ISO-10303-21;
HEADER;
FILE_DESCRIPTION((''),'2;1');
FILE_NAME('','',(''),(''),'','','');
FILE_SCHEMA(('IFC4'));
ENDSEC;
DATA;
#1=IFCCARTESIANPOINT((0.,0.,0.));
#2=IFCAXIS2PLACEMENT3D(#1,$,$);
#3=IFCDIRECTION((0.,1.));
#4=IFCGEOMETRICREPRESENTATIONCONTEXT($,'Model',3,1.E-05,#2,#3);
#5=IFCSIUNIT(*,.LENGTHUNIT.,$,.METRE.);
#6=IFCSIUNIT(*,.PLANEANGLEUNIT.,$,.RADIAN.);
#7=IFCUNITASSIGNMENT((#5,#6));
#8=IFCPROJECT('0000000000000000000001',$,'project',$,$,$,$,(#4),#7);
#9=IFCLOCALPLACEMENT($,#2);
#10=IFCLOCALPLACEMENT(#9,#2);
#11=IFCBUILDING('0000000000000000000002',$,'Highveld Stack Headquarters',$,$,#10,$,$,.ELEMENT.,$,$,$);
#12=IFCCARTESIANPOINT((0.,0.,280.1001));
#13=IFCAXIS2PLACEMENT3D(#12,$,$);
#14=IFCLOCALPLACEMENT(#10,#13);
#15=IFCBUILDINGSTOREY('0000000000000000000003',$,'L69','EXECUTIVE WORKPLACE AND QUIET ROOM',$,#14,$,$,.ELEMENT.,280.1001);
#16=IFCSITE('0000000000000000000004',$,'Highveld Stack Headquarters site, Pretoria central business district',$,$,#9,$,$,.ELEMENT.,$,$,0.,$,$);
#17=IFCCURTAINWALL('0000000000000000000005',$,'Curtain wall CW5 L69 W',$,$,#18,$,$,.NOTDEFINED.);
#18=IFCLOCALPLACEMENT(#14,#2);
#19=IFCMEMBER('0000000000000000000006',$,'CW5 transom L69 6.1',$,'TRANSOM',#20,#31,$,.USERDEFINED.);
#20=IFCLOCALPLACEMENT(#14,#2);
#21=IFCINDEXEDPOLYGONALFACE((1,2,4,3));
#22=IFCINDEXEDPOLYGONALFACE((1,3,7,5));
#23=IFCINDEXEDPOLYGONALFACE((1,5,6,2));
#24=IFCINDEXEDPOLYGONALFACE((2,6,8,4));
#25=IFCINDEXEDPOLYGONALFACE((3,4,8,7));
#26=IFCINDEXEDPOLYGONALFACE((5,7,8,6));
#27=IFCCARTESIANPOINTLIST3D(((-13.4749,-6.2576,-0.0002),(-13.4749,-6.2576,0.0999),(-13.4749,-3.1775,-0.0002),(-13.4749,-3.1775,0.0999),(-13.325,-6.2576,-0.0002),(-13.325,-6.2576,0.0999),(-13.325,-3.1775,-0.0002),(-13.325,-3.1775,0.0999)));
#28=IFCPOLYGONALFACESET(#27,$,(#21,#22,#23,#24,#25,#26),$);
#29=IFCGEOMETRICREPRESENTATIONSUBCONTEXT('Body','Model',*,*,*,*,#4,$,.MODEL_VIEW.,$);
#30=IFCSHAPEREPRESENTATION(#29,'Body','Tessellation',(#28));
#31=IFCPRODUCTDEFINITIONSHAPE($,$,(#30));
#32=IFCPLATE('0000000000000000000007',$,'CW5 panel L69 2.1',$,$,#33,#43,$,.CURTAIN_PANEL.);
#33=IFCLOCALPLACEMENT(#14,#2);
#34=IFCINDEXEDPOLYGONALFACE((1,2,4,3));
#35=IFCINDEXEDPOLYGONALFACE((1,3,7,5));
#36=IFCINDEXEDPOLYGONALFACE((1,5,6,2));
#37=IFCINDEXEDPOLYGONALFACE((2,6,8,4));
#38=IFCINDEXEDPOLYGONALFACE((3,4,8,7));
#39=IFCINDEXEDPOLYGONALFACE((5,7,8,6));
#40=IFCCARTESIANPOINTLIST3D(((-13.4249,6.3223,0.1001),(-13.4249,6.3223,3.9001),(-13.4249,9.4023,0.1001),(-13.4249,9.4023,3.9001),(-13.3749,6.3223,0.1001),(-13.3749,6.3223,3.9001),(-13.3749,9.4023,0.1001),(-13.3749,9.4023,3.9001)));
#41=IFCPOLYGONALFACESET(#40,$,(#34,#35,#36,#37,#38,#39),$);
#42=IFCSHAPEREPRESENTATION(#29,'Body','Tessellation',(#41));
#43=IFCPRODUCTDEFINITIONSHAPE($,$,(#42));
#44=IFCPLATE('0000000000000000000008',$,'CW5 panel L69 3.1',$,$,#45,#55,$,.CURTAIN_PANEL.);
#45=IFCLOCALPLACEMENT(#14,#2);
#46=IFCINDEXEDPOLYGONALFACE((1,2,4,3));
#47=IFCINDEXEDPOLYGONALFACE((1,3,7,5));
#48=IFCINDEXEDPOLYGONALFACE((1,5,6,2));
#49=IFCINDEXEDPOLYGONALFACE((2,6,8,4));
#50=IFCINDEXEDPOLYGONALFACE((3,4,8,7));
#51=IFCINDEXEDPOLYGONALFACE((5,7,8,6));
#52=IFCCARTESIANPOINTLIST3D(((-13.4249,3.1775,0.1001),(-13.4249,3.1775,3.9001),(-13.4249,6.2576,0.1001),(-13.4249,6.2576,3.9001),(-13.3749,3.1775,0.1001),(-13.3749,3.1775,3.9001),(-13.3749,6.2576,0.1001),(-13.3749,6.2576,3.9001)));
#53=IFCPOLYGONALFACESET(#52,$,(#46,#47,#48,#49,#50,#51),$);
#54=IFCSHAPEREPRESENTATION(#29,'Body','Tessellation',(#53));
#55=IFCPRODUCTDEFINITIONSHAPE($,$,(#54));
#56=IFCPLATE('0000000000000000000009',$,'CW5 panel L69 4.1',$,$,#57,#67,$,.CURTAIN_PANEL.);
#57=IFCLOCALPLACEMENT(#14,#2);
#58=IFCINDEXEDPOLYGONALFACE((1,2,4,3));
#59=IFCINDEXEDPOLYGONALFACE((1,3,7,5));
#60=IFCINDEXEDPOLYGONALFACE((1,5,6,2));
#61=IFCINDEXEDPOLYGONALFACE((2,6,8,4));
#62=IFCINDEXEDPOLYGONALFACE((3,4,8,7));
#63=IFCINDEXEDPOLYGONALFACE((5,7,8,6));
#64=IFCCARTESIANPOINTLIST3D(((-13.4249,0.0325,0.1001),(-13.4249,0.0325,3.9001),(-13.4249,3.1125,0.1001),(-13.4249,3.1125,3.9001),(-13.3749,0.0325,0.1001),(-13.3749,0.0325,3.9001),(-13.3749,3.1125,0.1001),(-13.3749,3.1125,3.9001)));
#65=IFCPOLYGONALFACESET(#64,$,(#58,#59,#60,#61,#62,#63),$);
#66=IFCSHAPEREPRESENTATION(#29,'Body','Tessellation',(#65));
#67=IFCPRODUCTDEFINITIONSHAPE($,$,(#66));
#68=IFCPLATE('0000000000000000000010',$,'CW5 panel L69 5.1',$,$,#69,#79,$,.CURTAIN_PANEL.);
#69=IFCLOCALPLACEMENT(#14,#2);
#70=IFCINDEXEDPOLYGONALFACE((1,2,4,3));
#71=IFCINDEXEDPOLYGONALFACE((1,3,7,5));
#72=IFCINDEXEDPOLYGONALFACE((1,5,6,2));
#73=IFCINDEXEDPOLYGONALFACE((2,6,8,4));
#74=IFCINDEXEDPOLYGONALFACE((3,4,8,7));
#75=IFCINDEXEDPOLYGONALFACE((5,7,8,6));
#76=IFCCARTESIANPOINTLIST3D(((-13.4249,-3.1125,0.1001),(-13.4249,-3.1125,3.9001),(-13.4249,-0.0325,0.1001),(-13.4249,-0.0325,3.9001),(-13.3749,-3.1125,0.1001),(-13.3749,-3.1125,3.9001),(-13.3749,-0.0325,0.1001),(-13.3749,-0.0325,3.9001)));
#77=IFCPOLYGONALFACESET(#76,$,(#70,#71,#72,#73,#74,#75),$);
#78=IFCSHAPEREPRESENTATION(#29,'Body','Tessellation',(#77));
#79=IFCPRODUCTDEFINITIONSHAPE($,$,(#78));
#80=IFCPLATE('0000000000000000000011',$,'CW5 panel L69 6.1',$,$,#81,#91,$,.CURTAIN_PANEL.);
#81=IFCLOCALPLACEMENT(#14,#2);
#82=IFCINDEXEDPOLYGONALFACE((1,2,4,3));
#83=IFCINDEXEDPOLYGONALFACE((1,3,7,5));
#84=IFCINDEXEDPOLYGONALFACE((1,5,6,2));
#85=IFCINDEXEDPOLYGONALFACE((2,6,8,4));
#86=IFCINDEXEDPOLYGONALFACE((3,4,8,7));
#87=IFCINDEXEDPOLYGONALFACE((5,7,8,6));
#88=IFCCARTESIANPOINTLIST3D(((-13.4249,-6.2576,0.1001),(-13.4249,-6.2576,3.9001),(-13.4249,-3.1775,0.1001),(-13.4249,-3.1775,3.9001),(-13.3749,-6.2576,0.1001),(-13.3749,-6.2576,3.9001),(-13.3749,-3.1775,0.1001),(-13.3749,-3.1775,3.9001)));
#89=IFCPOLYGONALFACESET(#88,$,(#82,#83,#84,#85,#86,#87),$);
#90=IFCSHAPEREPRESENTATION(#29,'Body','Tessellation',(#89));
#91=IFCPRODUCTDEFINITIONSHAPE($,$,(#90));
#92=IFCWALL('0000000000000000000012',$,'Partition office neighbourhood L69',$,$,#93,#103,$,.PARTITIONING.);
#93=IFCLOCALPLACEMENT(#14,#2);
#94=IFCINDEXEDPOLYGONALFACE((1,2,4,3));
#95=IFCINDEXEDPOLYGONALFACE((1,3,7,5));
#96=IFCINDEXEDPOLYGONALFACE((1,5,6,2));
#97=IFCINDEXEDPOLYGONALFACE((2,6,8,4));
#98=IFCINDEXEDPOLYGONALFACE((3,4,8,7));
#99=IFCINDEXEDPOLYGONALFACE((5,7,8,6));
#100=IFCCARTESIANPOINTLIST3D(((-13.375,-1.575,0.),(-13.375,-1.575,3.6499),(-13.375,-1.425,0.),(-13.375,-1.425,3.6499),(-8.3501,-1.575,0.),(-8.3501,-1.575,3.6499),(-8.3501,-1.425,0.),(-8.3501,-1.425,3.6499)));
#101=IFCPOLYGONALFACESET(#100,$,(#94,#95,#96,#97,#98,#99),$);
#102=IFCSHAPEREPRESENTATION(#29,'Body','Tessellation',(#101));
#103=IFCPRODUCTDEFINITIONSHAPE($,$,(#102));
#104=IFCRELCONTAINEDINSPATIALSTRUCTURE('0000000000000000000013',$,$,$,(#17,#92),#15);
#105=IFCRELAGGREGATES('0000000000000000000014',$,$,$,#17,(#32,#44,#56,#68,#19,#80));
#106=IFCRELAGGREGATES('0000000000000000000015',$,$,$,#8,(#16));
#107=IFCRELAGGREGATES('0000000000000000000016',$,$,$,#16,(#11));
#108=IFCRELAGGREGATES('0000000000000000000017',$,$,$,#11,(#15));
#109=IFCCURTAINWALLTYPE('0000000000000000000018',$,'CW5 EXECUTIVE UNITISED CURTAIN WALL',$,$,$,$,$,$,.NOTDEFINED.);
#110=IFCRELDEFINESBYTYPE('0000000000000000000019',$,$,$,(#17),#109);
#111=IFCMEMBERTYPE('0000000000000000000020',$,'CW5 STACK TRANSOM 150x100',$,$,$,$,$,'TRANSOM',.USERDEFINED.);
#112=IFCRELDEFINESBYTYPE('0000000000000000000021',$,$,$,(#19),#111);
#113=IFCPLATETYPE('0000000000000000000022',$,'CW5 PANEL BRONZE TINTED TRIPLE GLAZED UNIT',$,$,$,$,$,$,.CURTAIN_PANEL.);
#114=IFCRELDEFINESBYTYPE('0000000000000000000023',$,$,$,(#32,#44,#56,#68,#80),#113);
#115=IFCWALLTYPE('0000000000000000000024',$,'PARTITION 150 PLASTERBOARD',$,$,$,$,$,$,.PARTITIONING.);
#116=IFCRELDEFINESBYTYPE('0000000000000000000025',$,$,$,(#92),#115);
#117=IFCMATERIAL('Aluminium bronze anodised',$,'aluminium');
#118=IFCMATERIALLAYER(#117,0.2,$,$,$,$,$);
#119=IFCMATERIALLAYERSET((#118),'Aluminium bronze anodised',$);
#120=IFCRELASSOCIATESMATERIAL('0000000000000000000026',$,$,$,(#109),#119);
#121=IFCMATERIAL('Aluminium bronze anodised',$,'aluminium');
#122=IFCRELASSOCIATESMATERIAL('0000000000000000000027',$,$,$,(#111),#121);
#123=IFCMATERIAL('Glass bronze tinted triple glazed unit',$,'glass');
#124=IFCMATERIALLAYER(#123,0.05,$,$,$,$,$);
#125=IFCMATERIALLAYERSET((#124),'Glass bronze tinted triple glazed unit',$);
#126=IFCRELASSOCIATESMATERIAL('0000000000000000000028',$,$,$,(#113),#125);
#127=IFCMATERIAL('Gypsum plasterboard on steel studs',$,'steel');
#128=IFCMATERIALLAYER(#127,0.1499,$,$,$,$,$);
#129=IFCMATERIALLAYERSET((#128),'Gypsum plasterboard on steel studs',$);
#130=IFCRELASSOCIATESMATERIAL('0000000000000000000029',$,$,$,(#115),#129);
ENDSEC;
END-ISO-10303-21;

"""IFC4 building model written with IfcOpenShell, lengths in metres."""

from ifc_helpers import new_model, si_unit, direction, frame, frame_2d, origin, origin_2d, place, context, subcontext, project, spatial, rectangle, extrude, material, layer, layer_set, material_profile, profile_set, type_object, element, aggregate, save


model = new_model("IFC4")

# Units and contexts
model_context = context("Model", 3, precision=1e-05, world=origin(), true_north=direction((0.0, 1.0)))
body_context = subcontext(model_context, "Body", "Model", "MODEL_VIEW")
ifc_project = project(units=[si_unit("LENGTHUNIT", "METRE"), si_unit("PLANEANGLEUNIT", "RADIAN")], contexts=[model_context])

# Site, building, storey
site_placement = place(None, origin())
site = spatial("IfcSite", under=ifc_project, at=site_placement, Name="Highveld Stack Headquarters site, Pretoria central business district", CompositionType="ELEMENT", RefElevation=0.0)
building_placement = place(site_placement, origin())
building = spatial("IfcBuilding", under=site, at=building_placement, Name="Highveld Stack Headquarters", CompositionType="ELEMENT")
storey_placement = place(building_placement, frame((0.0, 0.0, 280.1001)))
storey = spatial("IfcBuildingStorey", under=building, at=storey_placement, Name="L69", Description="EXECUTIVE WORKPLACE AND QUIET ROOM", CompositionType="ELEMENT", Elevation=280.1001)

# Curtain wall, member, plates
ifc_material_1 = material(Name="Aluminium bronze anodised", Category="aluminium")
ifc_layer_1 = layer(ifc_material_1, 0.2)
ifc_layer_set_1 = layer_set([ifc_layer_1], Name="Aluminium bronze anodised")
curtain_wall_type = type_object("IfcCurtainWallType", Name="CW5 EXECUTIVE UNITISED CURTAIN WALL", PredefinedType="NOTDEFINED", material=ifc_layer_set_1)
curtain_wall_placement = place(storey_placement, origin())
curtain_wall = element("IfcCurtainWall", 1, at=curtain_wall_placement, inside=storey, type_object=curtain_wall_type, Name="Curtain wall CW5 L69 W", PredefinedType="NOTDEFINED")
ifc_material_2 = material(Name="Aluminium bronze anodised", Category="aluminium")
ifc_material_profile_1 = material_profile(ifc_material_2, rectangle(XDim=0.1499, YDim=0.1001, at=origin_2d()), Name="CW5 TRANSOM 150x100")
ifc_profile_set_1 = profile_set([ifc_material_profile_1], Name="Aluminium bronze anodised")
member_type_1 = type_object("IfcMemberType", Name="CW5 STACK TRANSOM 150x100", ElementType="TRANSOM", PredefinedType="USERDEFINED", material=ifc_profile_set_1)
member_1_placement = place(storey_placement, frame((-13.3999, -3.1775, 0.0498), z_axis=(0.0, -1.0, 0.0), x_axis=(1.0, 0.0, 0.0)))
member_1 = element("IfcMember", 2, at=member_1_placement, type_object=member_type_1, Name="CW5 transom L69 6.1", ObjectType="TRANSOM", PredefinedType="USERDEFINED", context=body_context, shape_type="SweptSolid", body=[
    extrude(rectangle(XDim=0.1499, YDim=0.1001, at=origin_2d()), origin(), (0.0, 0.0, 1.0), 3.0801),
])
ifc_material_3 = material(Name="Glass bronze tinted triple glazed unit", Category="glass")
ifc_layer_2 = layer(ifc_material_3, 0.05)
ifc_layer_set_2 = layer_set([ifc_layer_2], Name="Glass bronze tinted triple glazed unit")
plate_type = type_object("IfcPlateType", Name="CW5 PANEL BRONZE TINTED TRIPLE GLAZED UNIT", PredefinedType="CURTAIN_PANEL", material=ifc_layer_set_2)
plate_1_placement = place(storey_placement, frame((-13.3999, 7.8623, 0.1001), z_axis=(0.0, 0.0, 1.0), x_axis=(0.0, -1.0, 0.0)))
plate_1 = element("IfcPlate", 3, at=plate_1_placement, type_object=plate_type, Name="CW5 panel L69 2.1", PredefinedType="CURTAIN_PANEL", context=body_context, shape_type="SweptSolid", body=[
    extrude(rectangle(XDim=3.0801, YDim=0.05, at=origin_2d()), origin(), (0.0, 0.0, 1.0), 3.8),
])
plate_2_placement = place(storey_placement, frame((-13.3999, 4.7175, 0.1001), z_axis=(0.0, 0.0, 1.0), x_axis=(0.0, -1.0, 0.0)))
plate_2 = element("IfcPlate", 4, at=plate_2_placement, type_object=plate_type, Name="CW5 panel L69 3.1", PredefinedType="CURTAIN_PANEL", context=body_context, shape_type="SweptSolid", body=[
    extrude(rectangle(XDim=3.0801, YDim=0.05, at=origin_2d()), origin(), (0.0, 0.0, 1.0), 3.8),
])
plate_3_placement = place(storey_placement, frame((-13.3999, 1.5725, 0.1001), z_axis=(0.0, 0.0, 1.0), x_axis=(0.0, -1.0, 0.0)))
plate_3 = element("IfcPlate", 5, at=plate_3_placement, type_object=plate_type, Name="CW5 panel L69 4.1", PredefinedType="CURTAIN_PANEL", context=body_context, shape_type="SweptSolid", body=[
    extrude(rectangle(XDim=3.0801, YDim=0.05, at=origin_2d()), origin(), (0.0, 0.0, 1.0), 3.8),
])
plate_4_placement = place(storey_placement, frame((-13.3999, -1.5725, 0.1001), z_axis=(0.0, 0.0, 1.0), x_axis=(0.0, -1.0, 0.0)))
plate_4 = element("IfcPlate", 6, at=plate_4_placement, type_object=plate_type, Name="CW5 panel L69 5.1", PredefinedType="CURTAIN_PANEL", context=body_context, shape_type="SweptSolid", body=[
    extrude(rectangle(XDim=3.0801, YDim=0.05, at=origin_2d()), origin(), (0.0, 0.0, 1.0), 3.8),
])
plate_5_placement = place(storey_placement, frame((-13.3999, -4.7175, 0.1001), z_axis=(0.0, 0.0, 1.0), x_axis=(0.0, -1.0, 0.0)))
plate_5 = element("IfcPlate", 7, at=plate_5_placement, type_object=plate_type, Name="CW5 panel L69 6.1", PredefinedType="CURTAIN_PANEL", context=body_context, shape_type="SweptSolid", body=[
    extrude(rectangle(XDim=3.0801, YDim=0.05, at=origin_2d()), origin(), (0.0, 0.0, 1.0), 3.8),
])
aggregate(curtain_wall, [plate_1, plate_2, plate_3, plate_4, member_1, plate_5])

# Wall
ifc_material_4 = material(Name="Gypsum plasterboard on steel studs", Category="steel")
ifc_layer_3 = layer(ifc_material_4, 0.1499)
ifc_layer_set_3 = layer_set([ifc_layer_3], Name="Gypsum plasterboard on steel studs")
wall_type = type_object("IfcWallType", Name="PARTITION 150 PLASTERBOARD", PredefinedType="PARTITIONING", material=ifc_layer_set_3)
wall_placement = place(storey_placement, frame((-13.375, -1.5, 0.0), z_axis=(0.0, 0.0, 1.0), x_axis=(1.0, 0.0, 0.0)))
element("IfcWall", 8, at=wall_placement, inside=storey, type_object=wall_type, Name="Partition office neighbourhood L69", PredefinedType="PARTITIONING", context=body_context, shape_type="SweptSolid", body=[
    extrude(rectangle(XDim=5.0249, YDim=0.1499, at=frame_2d((2.5125, 0.0))), origin(), (0.0, 0.0, 1.0), 3.6499),
])

save(model, "model.ifc")
